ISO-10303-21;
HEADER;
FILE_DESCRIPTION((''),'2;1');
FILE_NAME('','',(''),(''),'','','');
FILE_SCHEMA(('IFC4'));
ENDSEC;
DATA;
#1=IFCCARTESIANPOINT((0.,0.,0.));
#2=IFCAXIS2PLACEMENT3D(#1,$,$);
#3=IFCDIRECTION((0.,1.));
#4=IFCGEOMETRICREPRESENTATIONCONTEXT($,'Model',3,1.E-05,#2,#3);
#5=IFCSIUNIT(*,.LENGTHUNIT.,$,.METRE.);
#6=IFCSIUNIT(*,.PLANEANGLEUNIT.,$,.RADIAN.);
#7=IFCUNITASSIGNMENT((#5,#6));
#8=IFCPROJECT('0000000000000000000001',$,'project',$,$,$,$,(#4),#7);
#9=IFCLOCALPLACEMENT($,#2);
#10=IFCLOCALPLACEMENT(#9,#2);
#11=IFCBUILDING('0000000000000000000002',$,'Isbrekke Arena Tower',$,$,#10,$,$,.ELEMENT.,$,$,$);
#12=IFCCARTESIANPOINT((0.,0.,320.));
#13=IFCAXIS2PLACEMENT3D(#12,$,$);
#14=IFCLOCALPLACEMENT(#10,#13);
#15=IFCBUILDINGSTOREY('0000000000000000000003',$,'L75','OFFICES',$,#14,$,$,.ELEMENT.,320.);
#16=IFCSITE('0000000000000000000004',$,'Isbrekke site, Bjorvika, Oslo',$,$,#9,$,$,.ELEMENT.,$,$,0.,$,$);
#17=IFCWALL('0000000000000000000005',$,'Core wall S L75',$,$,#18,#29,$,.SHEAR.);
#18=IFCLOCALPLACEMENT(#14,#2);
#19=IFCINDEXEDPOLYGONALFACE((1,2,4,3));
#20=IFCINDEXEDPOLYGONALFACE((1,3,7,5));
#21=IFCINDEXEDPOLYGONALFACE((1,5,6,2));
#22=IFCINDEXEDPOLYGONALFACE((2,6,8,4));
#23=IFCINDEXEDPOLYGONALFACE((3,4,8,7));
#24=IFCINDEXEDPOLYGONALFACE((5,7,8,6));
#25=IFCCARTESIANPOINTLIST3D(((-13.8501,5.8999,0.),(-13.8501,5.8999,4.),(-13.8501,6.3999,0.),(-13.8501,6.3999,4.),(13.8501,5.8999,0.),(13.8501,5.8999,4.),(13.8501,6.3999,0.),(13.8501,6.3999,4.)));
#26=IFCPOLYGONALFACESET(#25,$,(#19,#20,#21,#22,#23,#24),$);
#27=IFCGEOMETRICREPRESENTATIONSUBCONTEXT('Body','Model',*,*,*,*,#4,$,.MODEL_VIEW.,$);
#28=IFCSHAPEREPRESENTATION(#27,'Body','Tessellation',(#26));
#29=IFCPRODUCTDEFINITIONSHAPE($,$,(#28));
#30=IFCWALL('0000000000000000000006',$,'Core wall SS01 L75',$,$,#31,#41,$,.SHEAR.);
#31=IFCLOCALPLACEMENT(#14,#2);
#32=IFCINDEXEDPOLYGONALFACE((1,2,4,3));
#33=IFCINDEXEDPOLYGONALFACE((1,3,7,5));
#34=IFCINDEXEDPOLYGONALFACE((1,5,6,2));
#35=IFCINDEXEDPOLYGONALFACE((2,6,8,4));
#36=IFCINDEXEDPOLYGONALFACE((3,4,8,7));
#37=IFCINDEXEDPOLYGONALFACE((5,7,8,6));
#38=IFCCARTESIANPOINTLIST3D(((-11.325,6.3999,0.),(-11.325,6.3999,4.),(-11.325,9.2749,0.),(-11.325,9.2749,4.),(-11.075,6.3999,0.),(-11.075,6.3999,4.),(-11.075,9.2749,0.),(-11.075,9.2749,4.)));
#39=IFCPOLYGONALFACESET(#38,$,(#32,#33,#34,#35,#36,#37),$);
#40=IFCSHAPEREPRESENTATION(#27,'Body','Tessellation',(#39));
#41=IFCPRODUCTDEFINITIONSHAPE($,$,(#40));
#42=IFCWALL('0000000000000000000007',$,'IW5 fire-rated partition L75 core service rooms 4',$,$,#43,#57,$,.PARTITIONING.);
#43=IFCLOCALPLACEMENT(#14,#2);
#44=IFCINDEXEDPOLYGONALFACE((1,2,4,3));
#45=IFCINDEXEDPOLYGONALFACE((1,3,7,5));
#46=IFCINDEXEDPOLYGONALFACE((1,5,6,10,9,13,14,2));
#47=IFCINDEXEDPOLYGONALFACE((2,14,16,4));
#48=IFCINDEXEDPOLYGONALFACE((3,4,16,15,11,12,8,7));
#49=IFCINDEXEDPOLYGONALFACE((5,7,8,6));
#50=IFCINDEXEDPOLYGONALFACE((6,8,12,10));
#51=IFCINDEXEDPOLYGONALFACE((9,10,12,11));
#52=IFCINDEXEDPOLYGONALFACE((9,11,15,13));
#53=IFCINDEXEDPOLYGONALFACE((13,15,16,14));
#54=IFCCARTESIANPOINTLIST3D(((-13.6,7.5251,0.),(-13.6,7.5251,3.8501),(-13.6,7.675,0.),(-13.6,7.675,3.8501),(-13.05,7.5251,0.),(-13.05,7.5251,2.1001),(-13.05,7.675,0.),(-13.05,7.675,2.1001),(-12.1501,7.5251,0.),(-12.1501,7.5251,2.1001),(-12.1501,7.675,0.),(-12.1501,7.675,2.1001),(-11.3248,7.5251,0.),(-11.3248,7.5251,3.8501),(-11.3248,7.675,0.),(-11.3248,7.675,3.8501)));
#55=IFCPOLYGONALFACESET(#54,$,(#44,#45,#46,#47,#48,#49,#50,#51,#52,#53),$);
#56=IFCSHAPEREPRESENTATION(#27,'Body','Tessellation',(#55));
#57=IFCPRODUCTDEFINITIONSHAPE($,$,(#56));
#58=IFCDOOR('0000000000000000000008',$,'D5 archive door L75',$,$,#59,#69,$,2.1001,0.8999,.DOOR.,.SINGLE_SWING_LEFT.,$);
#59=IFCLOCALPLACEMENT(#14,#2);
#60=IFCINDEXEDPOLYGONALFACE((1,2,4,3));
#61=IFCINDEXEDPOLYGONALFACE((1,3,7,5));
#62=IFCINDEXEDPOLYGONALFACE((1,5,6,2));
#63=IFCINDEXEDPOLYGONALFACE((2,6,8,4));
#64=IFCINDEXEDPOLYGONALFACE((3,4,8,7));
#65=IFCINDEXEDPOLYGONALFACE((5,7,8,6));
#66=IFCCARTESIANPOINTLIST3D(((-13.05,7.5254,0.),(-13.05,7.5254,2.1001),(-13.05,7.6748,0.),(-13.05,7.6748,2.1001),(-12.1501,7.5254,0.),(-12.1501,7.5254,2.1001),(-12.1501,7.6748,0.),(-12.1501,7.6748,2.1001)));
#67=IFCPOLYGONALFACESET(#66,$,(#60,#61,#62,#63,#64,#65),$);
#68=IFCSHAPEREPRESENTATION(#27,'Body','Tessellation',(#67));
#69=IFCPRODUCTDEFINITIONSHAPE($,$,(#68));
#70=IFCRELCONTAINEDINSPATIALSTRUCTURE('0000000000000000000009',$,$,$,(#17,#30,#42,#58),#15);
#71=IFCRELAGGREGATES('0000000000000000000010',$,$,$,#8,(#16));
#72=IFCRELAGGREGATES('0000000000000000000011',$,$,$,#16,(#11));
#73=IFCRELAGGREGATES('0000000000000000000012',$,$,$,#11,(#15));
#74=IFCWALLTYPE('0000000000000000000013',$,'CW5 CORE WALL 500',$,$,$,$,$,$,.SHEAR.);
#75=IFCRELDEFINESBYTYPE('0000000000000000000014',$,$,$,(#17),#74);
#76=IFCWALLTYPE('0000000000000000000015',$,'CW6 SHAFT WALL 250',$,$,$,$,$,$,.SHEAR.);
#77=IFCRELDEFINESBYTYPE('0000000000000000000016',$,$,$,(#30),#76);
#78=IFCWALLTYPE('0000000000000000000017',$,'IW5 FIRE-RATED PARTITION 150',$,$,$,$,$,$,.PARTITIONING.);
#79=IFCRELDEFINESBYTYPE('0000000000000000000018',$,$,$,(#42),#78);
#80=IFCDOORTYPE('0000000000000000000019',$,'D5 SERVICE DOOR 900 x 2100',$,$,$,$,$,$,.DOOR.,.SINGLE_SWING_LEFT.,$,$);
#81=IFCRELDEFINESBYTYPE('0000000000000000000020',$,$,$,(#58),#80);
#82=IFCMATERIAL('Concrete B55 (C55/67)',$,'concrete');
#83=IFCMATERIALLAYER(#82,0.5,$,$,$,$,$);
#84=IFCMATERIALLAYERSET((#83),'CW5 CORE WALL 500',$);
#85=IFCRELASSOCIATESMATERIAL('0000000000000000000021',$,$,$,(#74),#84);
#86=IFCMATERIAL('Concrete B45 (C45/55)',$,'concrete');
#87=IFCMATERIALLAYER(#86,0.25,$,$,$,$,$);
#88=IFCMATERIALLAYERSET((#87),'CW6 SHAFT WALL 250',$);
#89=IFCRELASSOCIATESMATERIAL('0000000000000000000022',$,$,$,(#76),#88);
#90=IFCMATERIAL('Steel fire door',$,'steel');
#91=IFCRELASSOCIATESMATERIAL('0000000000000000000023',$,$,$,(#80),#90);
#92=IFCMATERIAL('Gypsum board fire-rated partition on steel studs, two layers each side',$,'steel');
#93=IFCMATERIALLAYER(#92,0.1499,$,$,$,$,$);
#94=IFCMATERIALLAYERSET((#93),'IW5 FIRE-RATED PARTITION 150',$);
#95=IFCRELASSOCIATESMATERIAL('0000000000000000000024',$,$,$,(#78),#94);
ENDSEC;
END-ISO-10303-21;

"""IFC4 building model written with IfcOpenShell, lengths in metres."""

from ifc_helpers import new_model, si_unit, direction, frame, frame_2d, origin, place, context, subcontext, project, spatial, rectangle, extrude, material, layer, layer_set, type_object, element, fill, save


model = new_model("IFC4")

# Units and contexts
model_context = context("Model", 3, precision=1e-05, world=origin(), true_north=direction((0.0, 1.0)))
body_context = subcontext(model_context, "Body", "Model", "MODEL_VIEW")
ifc_project = project(units=[si_unit("LENGTHUNIT", "METRE"), si_unit("PLANEANGLEUNIT", "RADIAN")], contexts=[model_context])

# Site, building, storey
site_placement = place(None, origin())
site = spatial("IfcSite", under=ifc_project, at=site_placement, Name="Isbrekke site, Bjorvika, Oslo", CompositionType="ELEMENT", RefElevation=0.0)
building_placement = place(site_placement, origin())
building = spatial("IfcBuilding", under=site, at=building_placement, Name="Isbrekke Arena Tower", CompositionType="ELEMENT")
storey_placement = place(building_placement, frame((0.0, 0.0, 320.0)))
storey = spatial("IfcBuildingStorey", under=building, at=storey_placement, Name="L75", Description="OFFICES", CompositionType="ELEMENT", Elevation=320.0)

# Wall
ifc_material_1 = material(Name="Concrete B55 (C55/67)", Category="concrete")
ifc_layer_1 = layer(ifc_material_1, 0.5)
ifc_layer_set_1 = layer_set([ifc_layer_1], Name="CW5 CORE WALL 500")
wall_type_1 = type_object("IfcWallType", Name="CW5 CORE WALL 500", PredefinedType="SHEAR", material=ifc_layer_set_1)
wall_1_placement = place(storey_placement, frame((-13.8501, 6.1499, 0.0), z_axis=(0.0, 0.0, 1.0), x_axis=(1.0, 0.0, 0.0)))
element("IfcWall", 1, at=wall_1_placement, inside=storey, type_object=wall_type_1, Name="Core wall S L75", PredefinedType="SHEAR", context=body_context, shape_type="SweptSolid", body=[
    extrude(rectangle(XDim=27.7002, YDim=0.5, at=frame_2d((13.8501, 0.0))), origin(), (0.0, 0.0, 1.0), 4.0),
])

# Shared definitions
ifc_material_2 = material(Name="Concrete B45 (C45/55)", Category="concrete")
ifc_layer_2 = layer(ifc_material_2, 0.25)
ifc_layer_set_2 = layer_set([ifc_layer_2], Name="CW6 SHAFT WALL 250")
wall_type_2 = type_object("IfcWallType", Name="CW6 SHAFT WALL 250", PredefinedType="SHEAR", material=ifc_layer_set_2)
ifc_material_3 = material(Name="Steel fire door", Category="steel")
door_type_1 = type_object("IfcDoorType", Name="D5 SERVICE DOOR 900 x 2100", OperationType="SINGLE_SWING_LEFT", PredefinedType="DOOR", material=ifc_material_3)

# Wall
wall_2_placement = place(storey_placement, frame((-11.2, 6.3999, 0.0), z_axis=(0.0, 0.0, 1.0), x_axis=(0.0, 1.0, 0.0)))
element("IfcWall", 2, at=wall_2_placement, inside=storey, type_object=wall_type_2, Name="Core wall SS01 L75", PredefinedType="SHEAR", context=body_context, shape_type="SweptSolid", body=[
    extrude(rectangle(XDim=2.875, YDim=0.25, at=frame_2d((1.4375, 0.0))), origin(), (0.0, 0.0, 1.0), 4.0),
])

# Wall, opening, door
ifc_material_4 = material(Name="Gypsum board fire-rated partition on steel studs, two layers each side", Category="steel")
ifc_layer_3 = layer(ifc_material_4, 0.1499)
ifc_layer_set_3 = layer_set([ifc_layer_3], Name="IW5 FIRE-RATED PARTITION 150")
wall_type_3 = type_object("IfcWallType", Name="IW5 FIRE-RATED PARTITION 150", PredefinedType="PARTITIONING", material=ifc_layer_set_3)
wall_3_placement = place(storey_placement, frame((-13.6001, 7.6001, 0.0), z_axis=(0.0, 0.0, 1.0), x_axis=(1.0, 0.0, 0.0)))
wall_3 = element("IfcWall", 3, at=wall_3_placement, inside=storey, type_object=wall_type_3, Name="IW5 fire-rated partition L75 core service rooms 4", PredefinedType="PARTITIONING", context=body_context, shape_type="SweptSolid", body=[
    extrude(rectangle(XDim=2.2751, YDim=0.1499, at=frame_2d((1.1377, 0.0))), origin(), (0.0, 0.0, 1.0), 3.8501),
])
opening_1_placement = place(wall_3_placement, frame((0.55, 0.0, 0.0)))
opening_1 = element("IfcOpeningElement", 4, at=opening_1_placement, cuts=wall_3, PredefinedType="OPENING", context=body_context, shape_type="SweptSolid", body=[
    extrude(rectangle(XDim=0.8999, YDim=2.1001, at=frame_2d((0.45, 1.05))), frame((0.0, 0.0898, 0.0), z_axis=(0.0, -1.0, 0.0), x_axis=(1.0, 0.0, 0.0)), (0.0, 0.0, 1.0), 0.1797),
])
door_1_placement = place(opening_1_placement, origin())
door_1 = element("IfcDoor", 5, at=door_1_placement, inside=storey, type_object=door_type_1, Name="D5 archive door L75", OperationType="SINGLE_SWING_LEFT", OverallHeight=2.1001, OverallWidth=0.8999, PredefinedType="DOOR", context=body_context, shape_type="SweptSolid", body=[
    extrude(rectangle(XDim=0.8999, YDim=2.1001, at=frame_2d((0.45, 1.05))), frame((0.0, 0.0747, 0.0), z_axis=(0.0, -1.0, 0.0), x_axis=(1.0, 0.0, 0.0)), (0.0, 0.0, 1.0), 0.1494),
])
fill(opening_1, door_1)

save(model, "model.ifc")
